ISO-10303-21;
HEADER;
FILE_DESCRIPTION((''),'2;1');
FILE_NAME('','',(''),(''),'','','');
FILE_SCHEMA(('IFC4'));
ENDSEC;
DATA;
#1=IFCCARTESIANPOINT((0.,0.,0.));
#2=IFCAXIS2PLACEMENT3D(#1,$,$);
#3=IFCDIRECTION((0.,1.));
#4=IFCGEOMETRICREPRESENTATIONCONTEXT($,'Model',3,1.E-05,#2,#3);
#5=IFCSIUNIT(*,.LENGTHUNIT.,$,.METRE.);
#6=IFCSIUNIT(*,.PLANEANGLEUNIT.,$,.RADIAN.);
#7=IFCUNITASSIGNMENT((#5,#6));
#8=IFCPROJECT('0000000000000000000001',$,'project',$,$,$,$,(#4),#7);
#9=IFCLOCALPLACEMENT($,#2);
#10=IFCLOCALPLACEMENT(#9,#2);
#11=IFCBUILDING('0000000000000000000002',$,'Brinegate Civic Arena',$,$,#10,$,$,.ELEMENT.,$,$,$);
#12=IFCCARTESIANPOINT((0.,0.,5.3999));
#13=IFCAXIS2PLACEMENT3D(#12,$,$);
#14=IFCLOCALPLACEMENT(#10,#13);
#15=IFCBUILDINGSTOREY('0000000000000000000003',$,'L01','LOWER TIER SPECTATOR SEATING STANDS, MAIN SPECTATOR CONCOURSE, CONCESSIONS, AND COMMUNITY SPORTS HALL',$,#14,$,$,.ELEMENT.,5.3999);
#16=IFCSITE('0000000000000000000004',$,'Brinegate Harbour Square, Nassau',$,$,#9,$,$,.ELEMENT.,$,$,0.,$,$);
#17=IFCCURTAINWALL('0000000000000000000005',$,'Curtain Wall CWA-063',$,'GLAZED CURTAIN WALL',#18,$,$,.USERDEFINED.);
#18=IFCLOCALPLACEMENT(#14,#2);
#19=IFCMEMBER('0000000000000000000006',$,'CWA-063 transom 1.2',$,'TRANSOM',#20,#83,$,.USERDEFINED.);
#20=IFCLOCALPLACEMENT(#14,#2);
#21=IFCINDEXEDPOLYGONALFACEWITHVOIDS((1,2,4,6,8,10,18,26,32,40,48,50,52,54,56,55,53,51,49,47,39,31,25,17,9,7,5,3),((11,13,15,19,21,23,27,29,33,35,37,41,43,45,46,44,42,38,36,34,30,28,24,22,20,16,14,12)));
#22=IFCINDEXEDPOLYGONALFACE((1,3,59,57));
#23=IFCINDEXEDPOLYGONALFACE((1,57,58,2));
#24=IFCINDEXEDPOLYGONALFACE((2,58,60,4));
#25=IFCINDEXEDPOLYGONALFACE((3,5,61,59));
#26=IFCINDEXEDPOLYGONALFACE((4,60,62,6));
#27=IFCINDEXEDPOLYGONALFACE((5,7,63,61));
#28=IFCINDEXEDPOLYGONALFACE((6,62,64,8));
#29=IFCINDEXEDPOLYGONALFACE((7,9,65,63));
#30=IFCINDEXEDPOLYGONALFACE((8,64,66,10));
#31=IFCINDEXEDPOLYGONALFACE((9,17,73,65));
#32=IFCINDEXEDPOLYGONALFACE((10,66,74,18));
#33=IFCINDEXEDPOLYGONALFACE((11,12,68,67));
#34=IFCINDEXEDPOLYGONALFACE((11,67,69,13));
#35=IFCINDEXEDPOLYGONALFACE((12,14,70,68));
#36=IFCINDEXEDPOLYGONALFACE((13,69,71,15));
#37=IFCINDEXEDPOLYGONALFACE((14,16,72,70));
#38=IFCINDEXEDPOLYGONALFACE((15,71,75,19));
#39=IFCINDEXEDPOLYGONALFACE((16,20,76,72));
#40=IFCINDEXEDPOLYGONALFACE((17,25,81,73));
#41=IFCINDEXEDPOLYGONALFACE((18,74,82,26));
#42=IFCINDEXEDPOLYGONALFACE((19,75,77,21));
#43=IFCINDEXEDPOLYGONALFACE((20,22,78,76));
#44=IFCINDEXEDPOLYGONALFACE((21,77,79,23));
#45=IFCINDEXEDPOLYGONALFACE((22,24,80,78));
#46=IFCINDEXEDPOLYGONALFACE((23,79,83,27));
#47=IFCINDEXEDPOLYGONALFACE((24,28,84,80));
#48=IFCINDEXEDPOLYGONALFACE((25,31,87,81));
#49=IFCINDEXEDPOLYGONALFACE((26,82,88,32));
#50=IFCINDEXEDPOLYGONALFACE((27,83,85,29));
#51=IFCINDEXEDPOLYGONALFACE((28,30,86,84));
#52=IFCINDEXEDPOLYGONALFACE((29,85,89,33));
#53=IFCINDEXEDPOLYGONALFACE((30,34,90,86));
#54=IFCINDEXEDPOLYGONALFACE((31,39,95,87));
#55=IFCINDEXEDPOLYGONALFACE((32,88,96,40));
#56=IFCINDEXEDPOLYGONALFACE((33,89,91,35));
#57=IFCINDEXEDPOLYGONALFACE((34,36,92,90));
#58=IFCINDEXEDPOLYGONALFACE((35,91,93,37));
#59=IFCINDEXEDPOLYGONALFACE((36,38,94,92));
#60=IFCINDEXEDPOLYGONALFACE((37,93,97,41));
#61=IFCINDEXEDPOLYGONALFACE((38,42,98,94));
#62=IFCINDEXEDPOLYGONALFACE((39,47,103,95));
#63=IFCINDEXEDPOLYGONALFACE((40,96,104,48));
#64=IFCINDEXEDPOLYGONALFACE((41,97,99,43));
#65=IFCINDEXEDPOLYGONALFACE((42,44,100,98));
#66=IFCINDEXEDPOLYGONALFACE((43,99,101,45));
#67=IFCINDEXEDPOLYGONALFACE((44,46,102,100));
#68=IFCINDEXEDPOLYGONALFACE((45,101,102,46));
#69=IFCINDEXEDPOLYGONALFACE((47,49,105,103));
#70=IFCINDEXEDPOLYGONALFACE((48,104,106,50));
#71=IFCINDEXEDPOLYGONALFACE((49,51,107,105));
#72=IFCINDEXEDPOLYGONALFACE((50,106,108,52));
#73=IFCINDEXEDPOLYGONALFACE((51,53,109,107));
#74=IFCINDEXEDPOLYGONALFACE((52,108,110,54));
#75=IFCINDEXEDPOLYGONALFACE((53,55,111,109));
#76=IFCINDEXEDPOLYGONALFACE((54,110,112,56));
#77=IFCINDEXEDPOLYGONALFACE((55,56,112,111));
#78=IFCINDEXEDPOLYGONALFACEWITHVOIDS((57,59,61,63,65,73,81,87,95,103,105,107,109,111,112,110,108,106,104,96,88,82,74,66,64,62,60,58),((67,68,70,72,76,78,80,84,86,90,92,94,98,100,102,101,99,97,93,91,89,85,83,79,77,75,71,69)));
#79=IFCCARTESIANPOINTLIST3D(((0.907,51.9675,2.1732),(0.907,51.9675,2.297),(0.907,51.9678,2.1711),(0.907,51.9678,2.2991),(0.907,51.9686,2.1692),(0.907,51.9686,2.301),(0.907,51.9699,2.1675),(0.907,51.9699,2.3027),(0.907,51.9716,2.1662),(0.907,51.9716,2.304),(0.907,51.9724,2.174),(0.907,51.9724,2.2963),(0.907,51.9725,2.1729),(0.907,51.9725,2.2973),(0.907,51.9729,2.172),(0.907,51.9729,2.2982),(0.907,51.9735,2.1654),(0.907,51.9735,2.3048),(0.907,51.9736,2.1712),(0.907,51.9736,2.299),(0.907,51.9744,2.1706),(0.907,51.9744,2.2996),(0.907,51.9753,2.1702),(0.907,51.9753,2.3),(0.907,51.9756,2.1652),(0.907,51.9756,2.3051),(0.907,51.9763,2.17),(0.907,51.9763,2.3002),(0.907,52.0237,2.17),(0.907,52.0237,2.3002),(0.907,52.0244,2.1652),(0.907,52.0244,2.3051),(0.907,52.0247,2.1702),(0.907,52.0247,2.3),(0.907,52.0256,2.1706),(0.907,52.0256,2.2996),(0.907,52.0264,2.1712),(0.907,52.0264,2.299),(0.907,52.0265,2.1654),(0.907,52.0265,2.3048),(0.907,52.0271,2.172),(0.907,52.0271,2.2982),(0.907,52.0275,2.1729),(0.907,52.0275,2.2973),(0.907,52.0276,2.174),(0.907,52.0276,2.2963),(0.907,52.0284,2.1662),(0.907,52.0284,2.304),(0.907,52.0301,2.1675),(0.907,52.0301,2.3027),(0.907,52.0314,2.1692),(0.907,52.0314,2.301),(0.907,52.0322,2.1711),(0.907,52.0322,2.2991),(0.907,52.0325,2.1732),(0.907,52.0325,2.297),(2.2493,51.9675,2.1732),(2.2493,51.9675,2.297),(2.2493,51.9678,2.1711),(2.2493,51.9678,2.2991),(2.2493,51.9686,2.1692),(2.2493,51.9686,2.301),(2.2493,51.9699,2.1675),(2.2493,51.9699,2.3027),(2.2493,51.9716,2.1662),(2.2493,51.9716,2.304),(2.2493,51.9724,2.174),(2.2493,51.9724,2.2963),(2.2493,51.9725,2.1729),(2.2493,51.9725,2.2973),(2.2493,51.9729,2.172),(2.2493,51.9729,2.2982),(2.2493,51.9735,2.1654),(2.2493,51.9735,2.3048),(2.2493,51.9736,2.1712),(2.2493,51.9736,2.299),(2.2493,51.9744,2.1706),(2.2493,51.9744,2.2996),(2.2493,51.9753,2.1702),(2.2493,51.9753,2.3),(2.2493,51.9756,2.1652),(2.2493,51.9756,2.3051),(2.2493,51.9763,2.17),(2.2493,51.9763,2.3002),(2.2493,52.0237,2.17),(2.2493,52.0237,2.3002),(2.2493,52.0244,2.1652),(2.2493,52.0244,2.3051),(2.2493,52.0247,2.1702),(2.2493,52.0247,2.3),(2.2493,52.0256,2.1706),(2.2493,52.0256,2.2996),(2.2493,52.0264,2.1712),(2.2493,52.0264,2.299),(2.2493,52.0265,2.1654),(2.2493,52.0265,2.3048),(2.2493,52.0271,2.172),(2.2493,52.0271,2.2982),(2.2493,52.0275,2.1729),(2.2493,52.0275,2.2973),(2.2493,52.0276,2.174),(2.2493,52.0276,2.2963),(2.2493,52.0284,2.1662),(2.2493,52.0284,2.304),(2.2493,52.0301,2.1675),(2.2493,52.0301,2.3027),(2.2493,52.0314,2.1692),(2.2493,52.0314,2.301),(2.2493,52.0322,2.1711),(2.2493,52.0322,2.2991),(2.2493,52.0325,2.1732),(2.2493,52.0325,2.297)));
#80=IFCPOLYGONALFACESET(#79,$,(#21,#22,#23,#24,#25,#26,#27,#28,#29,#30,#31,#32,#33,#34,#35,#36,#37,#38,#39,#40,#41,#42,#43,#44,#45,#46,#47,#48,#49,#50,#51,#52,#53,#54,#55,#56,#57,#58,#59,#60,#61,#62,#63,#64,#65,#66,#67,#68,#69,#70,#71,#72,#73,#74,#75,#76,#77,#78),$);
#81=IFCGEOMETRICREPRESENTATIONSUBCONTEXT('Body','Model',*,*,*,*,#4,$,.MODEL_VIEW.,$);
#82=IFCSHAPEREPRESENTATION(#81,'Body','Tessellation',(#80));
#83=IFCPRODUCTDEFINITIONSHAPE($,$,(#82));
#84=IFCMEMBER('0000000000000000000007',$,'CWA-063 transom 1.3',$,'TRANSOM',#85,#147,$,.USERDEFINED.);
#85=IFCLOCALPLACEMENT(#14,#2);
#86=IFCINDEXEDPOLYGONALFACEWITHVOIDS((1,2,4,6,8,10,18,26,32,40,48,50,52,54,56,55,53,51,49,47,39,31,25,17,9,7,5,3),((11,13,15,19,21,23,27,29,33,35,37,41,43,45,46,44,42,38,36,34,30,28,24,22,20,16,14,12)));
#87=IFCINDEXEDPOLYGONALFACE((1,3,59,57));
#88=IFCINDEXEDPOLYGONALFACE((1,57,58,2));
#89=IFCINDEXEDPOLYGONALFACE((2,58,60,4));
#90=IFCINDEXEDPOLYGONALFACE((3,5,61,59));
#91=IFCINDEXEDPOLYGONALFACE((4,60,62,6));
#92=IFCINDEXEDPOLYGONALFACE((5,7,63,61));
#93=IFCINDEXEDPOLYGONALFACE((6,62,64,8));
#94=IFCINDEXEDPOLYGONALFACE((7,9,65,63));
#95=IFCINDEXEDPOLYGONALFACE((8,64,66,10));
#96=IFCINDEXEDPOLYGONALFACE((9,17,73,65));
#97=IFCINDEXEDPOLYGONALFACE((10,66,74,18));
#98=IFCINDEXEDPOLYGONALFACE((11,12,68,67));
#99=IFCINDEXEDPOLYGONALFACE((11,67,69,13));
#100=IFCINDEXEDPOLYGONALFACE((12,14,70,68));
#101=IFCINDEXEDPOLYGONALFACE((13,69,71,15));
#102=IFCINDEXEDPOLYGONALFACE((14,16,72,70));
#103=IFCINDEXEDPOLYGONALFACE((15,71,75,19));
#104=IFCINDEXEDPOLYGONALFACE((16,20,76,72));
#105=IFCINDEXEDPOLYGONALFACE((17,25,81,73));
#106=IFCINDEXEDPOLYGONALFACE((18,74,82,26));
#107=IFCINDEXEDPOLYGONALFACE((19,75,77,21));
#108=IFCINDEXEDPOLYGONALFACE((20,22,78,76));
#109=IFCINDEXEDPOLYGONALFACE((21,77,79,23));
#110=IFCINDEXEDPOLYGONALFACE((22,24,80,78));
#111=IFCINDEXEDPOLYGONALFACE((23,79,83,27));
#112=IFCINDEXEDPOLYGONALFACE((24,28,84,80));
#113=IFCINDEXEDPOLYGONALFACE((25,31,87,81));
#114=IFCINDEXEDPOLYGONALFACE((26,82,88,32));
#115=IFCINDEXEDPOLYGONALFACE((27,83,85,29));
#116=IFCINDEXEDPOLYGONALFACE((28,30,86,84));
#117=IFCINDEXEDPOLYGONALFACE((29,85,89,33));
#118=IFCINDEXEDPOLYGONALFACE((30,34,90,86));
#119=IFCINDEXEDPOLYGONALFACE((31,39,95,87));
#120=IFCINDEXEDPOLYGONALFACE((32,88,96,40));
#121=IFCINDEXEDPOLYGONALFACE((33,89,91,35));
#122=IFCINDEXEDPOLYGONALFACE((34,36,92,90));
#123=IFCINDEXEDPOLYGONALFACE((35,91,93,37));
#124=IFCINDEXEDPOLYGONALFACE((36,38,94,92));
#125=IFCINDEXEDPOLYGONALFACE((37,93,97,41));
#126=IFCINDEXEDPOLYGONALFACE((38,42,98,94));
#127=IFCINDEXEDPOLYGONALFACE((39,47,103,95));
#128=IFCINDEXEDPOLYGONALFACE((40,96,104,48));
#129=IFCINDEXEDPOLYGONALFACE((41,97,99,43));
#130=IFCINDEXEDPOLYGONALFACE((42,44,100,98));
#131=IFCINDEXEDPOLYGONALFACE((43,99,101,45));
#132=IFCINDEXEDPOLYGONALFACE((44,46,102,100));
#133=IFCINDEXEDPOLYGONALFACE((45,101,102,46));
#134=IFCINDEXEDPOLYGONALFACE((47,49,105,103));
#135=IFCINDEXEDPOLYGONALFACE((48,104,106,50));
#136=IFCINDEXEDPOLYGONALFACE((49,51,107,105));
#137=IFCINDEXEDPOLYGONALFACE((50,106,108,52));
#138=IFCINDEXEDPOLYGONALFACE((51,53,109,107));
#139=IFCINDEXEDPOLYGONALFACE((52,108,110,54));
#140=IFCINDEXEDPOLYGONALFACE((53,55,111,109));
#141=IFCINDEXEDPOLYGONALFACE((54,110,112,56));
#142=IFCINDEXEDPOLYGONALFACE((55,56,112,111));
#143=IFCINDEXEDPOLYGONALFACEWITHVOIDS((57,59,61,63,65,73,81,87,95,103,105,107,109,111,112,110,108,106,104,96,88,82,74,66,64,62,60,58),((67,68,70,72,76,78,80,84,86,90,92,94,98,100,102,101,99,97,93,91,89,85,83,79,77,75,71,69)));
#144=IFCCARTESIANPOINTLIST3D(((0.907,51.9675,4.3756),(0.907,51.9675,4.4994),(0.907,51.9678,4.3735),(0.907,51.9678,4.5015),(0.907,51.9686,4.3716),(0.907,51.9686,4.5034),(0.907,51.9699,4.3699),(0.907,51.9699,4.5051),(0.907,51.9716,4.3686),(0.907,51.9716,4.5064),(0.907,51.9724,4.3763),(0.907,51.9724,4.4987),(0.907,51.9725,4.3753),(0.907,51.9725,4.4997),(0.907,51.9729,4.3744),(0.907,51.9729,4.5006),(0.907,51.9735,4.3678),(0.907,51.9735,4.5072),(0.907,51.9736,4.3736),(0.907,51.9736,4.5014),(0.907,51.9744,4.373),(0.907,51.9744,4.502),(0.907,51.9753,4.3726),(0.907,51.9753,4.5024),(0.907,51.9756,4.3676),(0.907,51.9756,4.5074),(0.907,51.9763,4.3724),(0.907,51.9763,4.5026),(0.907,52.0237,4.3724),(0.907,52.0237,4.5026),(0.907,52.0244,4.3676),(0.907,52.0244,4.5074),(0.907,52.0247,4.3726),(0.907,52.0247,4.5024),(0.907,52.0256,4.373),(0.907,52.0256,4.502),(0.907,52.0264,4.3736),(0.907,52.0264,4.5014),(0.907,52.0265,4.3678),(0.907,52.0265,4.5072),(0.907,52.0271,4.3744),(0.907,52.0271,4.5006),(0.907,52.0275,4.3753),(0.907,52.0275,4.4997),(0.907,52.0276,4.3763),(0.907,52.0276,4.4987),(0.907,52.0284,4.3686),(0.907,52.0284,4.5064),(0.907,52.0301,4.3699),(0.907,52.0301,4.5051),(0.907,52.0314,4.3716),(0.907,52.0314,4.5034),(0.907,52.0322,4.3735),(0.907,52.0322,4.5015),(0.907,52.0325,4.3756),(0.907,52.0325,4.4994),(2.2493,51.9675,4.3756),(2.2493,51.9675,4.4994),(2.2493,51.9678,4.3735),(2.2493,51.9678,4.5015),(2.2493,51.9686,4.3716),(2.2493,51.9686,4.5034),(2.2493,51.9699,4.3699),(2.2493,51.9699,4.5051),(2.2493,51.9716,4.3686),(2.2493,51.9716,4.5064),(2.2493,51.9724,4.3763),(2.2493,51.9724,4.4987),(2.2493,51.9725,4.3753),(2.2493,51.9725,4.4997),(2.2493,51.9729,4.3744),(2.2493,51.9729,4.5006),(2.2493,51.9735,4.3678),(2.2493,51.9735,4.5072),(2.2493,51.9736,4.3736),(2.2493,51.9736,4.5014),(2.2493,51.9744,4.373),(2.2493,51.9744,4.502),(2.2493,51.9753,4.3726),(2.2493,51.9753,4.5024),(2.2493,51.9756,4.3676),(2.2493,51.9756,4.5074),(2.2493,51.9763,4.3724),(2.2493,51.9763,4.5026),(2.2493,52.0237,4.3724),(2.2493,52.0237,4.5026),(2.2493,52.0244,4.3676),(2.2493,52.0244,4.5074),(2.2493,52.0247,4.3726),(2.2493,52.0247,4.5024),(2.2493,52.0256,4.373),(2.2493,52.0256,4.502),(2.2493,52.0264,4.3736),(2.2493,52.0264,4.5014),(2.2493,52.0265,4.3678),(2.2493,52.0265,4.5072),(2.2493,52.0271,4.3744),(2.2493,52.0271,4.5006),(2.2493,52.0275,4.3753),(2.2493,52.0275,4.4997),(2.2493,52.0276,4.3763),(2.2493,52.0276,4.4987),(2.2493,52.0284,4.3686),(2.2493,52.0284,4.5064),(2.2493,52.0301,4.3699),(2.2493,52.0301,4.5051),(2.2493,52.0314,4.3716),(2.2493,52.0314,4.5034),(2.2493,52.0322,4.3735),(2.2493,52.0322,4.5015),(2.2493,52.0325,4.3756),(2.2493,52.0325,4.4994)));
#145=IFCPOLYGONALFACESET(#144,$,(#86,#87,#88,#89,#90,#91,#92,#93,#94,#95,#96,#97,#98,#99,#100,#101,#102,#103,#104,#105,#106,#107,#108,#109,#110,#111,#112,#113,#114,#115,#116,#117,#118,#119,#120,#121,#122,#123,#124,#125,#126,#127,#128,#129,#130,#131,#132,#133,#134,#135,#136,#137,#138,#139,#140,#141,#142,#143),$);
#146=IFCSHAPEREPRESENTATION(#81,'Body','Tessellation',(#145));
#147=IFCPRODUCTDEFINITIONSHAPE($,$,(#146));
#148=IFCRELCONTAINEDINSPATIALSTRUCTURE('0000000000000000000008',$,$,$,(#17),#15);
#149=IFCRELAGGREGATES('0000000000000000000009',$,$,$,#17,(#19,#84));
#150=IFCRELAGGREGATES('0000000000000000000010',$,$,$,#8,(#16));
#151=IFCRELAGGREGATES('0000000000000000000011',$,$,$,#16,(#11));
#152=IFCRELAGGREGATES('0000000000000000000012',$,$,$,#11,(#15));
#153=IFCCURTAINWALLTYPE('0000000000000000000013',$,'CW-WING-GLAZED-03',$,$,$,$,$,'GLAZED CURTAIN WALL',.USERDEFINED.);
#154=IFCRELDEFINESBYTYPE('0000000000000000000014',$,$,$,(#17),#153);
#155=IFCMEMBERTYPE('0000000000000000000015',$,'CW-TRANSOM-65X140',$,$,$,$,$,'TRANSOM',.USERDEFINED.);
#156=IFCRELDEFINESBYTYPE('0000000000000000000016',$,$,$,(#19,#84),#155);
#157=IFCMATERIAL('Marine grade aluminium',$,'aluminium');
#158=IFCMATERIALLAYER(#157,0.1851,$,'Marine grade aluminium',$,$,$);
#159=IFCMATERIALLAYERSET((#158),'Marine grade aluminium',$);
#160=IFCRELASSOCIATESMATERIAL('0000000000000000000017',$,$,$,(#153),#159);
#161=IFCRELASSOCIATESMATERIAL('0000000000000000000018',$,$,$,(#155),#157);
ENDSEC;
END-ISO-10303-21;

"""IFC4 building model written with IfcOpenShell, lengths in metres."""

from ifc_helpers import new_model, si_unit, direction, frame, origin, origin_2d, place, context, subcontext, project, spatial, hollow_rectangle, extrude, material, layer, layer_set, material_profile, profile_set, type_object, element, aggregate, save


model = new_model("IFC4")

# Units and contexts
model_context = context("Model", 3, precision=1e-05, world=origin(), true_north=direction((0.0, 1.0)))
body_context = subcontext(model_context, "Body", "Model", "MODEL_VIEW")
ifc_project = project(units=[si_unit("LENGTHUNIT", "METRE"), si_unit("PLANEANGLEUNIT", "RADIAN")], contexts=[model_context])

# Site, building, storey
site_placement = place(None, origin())
site = spatial("IfcSite", under=ifc_project, at=site_placement, Name="Brinegate Harbour Square, Nassau", CompositionType="ELEMENT", RefElevation=0.0)
building_placement = place(site_placement, origin())
building = spatial("IfcBuilding", under=site, at=building_placement, Name="Brinegate Civic Arena", CompositionType="ELEMENT")
storey_placement = place(building_placement, frame((0.0, 0.0, 5.3999)))
storey = spatial("IfcBuildingStorey", under=building, at=storey_placement, Name="L01", Description="LOWER TIER SPECTATOR SEATING STANDS, MAIN SPECTATOR CONCOURSE, CONCESSIONS, AND COMMUNITY SPORTS HALL", CompositionType="ELEMENT", Elevation=5.3999)

# Curtain wall, members
ifc_material_1 = material(Name="Marine grade aluminium", Category="aluminium")
ifc_layer_1 = layer(ifc_material_1, 0.1851, Name="Marine grade aluminium")
ifc_layer_set_1 = layer_set([ifc_layer_1], Name="Marine grade aluminium")
curtain_wall_type = type_object("IfcCurtainWallType", Name="CW-WING-GLAZED-03", ElementType="GLAZED CURTAIN WALL", PredefinedType="USERDEFINED", material=ifc_layer_set_1)
curtain_wall_placement = place(storey_placement, origin())
curtain_wall = element("IfcCurtainWall", 1, at=curtain_wall_placement, inside=storey, type_object=curtain_wall_type, Name="Curtain Wall CWA-063", ObjectType="GLAZED CURTAIN WALL", PredefinedType="USERDEFINED")
ifc_material_profile_1 = material_profile(ifc_material_1, hollow_rectangle(XDim=0.0649, YDim=0.1399, WallThickness=0.0049, InnerFilletRadius=0.0039, OuterFilletRadius=0.0081, at=origin_2d()), Name="TRN65X140")
ifc_profile_set_1 = profile_set([ifc_material_profile_1], Name="Marine grade aluminium")
member_type_1 = type_object("IfcMemberType", Name="CW-TRANSOM-65X140", ElementType="TRANSOM", PredefinedType="USERDEFINED", material=ifc_profile_set_1)
member_1_placement = place(storey_placement, frame((0.907, 52.0, 2.2351), z_axis=(1.0, 0.0, 0.0), x_axis=(0.0, 1.0, 0.0)))
member_1 = element("IfcMember", 2, at=member_1_placement, type_object=member_type_1, Name="CWA-063 transom 1.2", ObjectType="TRANSOM", PredefinedType="USERDEFINED", context=body_context, shape_type="SweptSolid", body=[
    extrude(hollow_rectangle(XDim=0.0649, YDim=0.1399, WallThickness=0.0049, InnerFilletRadius=0.0039, OuterFilletRadius=0.0081, at=origin_2d()), origin(), (0.0, 0.0, 1.0), 1.3423),
])
member_2_placement = place(storey_placement, frame((0.907, 52.0, 4.4375), z_axis=(1.0, 0.0, 0.0), x_axis=(0.0, 1.0, 0.0)))
member_2 = element("IfcMember", 3, at=member_2_placement, type_object=member_type_1, Name="CWA-063 transom 1.3", ObjectType="TRANSOM", PredefinedType="USERDEFINED", context=body_context, shape_type="SweptSolid", body=[
    extrude(hollow_rectangle(XDim=0.0649, YDim=0.1399, WallThickness=0.0049, InnerFilletRadius=0.0039, OuterFilletRadius=0.0081, at=origin_2d()), origin(), (0.0, 0.0, 1.0), 1.3423),
])

aggregate(curtain_wall, [member_1, member_2])

save(model, "model.ifc")
